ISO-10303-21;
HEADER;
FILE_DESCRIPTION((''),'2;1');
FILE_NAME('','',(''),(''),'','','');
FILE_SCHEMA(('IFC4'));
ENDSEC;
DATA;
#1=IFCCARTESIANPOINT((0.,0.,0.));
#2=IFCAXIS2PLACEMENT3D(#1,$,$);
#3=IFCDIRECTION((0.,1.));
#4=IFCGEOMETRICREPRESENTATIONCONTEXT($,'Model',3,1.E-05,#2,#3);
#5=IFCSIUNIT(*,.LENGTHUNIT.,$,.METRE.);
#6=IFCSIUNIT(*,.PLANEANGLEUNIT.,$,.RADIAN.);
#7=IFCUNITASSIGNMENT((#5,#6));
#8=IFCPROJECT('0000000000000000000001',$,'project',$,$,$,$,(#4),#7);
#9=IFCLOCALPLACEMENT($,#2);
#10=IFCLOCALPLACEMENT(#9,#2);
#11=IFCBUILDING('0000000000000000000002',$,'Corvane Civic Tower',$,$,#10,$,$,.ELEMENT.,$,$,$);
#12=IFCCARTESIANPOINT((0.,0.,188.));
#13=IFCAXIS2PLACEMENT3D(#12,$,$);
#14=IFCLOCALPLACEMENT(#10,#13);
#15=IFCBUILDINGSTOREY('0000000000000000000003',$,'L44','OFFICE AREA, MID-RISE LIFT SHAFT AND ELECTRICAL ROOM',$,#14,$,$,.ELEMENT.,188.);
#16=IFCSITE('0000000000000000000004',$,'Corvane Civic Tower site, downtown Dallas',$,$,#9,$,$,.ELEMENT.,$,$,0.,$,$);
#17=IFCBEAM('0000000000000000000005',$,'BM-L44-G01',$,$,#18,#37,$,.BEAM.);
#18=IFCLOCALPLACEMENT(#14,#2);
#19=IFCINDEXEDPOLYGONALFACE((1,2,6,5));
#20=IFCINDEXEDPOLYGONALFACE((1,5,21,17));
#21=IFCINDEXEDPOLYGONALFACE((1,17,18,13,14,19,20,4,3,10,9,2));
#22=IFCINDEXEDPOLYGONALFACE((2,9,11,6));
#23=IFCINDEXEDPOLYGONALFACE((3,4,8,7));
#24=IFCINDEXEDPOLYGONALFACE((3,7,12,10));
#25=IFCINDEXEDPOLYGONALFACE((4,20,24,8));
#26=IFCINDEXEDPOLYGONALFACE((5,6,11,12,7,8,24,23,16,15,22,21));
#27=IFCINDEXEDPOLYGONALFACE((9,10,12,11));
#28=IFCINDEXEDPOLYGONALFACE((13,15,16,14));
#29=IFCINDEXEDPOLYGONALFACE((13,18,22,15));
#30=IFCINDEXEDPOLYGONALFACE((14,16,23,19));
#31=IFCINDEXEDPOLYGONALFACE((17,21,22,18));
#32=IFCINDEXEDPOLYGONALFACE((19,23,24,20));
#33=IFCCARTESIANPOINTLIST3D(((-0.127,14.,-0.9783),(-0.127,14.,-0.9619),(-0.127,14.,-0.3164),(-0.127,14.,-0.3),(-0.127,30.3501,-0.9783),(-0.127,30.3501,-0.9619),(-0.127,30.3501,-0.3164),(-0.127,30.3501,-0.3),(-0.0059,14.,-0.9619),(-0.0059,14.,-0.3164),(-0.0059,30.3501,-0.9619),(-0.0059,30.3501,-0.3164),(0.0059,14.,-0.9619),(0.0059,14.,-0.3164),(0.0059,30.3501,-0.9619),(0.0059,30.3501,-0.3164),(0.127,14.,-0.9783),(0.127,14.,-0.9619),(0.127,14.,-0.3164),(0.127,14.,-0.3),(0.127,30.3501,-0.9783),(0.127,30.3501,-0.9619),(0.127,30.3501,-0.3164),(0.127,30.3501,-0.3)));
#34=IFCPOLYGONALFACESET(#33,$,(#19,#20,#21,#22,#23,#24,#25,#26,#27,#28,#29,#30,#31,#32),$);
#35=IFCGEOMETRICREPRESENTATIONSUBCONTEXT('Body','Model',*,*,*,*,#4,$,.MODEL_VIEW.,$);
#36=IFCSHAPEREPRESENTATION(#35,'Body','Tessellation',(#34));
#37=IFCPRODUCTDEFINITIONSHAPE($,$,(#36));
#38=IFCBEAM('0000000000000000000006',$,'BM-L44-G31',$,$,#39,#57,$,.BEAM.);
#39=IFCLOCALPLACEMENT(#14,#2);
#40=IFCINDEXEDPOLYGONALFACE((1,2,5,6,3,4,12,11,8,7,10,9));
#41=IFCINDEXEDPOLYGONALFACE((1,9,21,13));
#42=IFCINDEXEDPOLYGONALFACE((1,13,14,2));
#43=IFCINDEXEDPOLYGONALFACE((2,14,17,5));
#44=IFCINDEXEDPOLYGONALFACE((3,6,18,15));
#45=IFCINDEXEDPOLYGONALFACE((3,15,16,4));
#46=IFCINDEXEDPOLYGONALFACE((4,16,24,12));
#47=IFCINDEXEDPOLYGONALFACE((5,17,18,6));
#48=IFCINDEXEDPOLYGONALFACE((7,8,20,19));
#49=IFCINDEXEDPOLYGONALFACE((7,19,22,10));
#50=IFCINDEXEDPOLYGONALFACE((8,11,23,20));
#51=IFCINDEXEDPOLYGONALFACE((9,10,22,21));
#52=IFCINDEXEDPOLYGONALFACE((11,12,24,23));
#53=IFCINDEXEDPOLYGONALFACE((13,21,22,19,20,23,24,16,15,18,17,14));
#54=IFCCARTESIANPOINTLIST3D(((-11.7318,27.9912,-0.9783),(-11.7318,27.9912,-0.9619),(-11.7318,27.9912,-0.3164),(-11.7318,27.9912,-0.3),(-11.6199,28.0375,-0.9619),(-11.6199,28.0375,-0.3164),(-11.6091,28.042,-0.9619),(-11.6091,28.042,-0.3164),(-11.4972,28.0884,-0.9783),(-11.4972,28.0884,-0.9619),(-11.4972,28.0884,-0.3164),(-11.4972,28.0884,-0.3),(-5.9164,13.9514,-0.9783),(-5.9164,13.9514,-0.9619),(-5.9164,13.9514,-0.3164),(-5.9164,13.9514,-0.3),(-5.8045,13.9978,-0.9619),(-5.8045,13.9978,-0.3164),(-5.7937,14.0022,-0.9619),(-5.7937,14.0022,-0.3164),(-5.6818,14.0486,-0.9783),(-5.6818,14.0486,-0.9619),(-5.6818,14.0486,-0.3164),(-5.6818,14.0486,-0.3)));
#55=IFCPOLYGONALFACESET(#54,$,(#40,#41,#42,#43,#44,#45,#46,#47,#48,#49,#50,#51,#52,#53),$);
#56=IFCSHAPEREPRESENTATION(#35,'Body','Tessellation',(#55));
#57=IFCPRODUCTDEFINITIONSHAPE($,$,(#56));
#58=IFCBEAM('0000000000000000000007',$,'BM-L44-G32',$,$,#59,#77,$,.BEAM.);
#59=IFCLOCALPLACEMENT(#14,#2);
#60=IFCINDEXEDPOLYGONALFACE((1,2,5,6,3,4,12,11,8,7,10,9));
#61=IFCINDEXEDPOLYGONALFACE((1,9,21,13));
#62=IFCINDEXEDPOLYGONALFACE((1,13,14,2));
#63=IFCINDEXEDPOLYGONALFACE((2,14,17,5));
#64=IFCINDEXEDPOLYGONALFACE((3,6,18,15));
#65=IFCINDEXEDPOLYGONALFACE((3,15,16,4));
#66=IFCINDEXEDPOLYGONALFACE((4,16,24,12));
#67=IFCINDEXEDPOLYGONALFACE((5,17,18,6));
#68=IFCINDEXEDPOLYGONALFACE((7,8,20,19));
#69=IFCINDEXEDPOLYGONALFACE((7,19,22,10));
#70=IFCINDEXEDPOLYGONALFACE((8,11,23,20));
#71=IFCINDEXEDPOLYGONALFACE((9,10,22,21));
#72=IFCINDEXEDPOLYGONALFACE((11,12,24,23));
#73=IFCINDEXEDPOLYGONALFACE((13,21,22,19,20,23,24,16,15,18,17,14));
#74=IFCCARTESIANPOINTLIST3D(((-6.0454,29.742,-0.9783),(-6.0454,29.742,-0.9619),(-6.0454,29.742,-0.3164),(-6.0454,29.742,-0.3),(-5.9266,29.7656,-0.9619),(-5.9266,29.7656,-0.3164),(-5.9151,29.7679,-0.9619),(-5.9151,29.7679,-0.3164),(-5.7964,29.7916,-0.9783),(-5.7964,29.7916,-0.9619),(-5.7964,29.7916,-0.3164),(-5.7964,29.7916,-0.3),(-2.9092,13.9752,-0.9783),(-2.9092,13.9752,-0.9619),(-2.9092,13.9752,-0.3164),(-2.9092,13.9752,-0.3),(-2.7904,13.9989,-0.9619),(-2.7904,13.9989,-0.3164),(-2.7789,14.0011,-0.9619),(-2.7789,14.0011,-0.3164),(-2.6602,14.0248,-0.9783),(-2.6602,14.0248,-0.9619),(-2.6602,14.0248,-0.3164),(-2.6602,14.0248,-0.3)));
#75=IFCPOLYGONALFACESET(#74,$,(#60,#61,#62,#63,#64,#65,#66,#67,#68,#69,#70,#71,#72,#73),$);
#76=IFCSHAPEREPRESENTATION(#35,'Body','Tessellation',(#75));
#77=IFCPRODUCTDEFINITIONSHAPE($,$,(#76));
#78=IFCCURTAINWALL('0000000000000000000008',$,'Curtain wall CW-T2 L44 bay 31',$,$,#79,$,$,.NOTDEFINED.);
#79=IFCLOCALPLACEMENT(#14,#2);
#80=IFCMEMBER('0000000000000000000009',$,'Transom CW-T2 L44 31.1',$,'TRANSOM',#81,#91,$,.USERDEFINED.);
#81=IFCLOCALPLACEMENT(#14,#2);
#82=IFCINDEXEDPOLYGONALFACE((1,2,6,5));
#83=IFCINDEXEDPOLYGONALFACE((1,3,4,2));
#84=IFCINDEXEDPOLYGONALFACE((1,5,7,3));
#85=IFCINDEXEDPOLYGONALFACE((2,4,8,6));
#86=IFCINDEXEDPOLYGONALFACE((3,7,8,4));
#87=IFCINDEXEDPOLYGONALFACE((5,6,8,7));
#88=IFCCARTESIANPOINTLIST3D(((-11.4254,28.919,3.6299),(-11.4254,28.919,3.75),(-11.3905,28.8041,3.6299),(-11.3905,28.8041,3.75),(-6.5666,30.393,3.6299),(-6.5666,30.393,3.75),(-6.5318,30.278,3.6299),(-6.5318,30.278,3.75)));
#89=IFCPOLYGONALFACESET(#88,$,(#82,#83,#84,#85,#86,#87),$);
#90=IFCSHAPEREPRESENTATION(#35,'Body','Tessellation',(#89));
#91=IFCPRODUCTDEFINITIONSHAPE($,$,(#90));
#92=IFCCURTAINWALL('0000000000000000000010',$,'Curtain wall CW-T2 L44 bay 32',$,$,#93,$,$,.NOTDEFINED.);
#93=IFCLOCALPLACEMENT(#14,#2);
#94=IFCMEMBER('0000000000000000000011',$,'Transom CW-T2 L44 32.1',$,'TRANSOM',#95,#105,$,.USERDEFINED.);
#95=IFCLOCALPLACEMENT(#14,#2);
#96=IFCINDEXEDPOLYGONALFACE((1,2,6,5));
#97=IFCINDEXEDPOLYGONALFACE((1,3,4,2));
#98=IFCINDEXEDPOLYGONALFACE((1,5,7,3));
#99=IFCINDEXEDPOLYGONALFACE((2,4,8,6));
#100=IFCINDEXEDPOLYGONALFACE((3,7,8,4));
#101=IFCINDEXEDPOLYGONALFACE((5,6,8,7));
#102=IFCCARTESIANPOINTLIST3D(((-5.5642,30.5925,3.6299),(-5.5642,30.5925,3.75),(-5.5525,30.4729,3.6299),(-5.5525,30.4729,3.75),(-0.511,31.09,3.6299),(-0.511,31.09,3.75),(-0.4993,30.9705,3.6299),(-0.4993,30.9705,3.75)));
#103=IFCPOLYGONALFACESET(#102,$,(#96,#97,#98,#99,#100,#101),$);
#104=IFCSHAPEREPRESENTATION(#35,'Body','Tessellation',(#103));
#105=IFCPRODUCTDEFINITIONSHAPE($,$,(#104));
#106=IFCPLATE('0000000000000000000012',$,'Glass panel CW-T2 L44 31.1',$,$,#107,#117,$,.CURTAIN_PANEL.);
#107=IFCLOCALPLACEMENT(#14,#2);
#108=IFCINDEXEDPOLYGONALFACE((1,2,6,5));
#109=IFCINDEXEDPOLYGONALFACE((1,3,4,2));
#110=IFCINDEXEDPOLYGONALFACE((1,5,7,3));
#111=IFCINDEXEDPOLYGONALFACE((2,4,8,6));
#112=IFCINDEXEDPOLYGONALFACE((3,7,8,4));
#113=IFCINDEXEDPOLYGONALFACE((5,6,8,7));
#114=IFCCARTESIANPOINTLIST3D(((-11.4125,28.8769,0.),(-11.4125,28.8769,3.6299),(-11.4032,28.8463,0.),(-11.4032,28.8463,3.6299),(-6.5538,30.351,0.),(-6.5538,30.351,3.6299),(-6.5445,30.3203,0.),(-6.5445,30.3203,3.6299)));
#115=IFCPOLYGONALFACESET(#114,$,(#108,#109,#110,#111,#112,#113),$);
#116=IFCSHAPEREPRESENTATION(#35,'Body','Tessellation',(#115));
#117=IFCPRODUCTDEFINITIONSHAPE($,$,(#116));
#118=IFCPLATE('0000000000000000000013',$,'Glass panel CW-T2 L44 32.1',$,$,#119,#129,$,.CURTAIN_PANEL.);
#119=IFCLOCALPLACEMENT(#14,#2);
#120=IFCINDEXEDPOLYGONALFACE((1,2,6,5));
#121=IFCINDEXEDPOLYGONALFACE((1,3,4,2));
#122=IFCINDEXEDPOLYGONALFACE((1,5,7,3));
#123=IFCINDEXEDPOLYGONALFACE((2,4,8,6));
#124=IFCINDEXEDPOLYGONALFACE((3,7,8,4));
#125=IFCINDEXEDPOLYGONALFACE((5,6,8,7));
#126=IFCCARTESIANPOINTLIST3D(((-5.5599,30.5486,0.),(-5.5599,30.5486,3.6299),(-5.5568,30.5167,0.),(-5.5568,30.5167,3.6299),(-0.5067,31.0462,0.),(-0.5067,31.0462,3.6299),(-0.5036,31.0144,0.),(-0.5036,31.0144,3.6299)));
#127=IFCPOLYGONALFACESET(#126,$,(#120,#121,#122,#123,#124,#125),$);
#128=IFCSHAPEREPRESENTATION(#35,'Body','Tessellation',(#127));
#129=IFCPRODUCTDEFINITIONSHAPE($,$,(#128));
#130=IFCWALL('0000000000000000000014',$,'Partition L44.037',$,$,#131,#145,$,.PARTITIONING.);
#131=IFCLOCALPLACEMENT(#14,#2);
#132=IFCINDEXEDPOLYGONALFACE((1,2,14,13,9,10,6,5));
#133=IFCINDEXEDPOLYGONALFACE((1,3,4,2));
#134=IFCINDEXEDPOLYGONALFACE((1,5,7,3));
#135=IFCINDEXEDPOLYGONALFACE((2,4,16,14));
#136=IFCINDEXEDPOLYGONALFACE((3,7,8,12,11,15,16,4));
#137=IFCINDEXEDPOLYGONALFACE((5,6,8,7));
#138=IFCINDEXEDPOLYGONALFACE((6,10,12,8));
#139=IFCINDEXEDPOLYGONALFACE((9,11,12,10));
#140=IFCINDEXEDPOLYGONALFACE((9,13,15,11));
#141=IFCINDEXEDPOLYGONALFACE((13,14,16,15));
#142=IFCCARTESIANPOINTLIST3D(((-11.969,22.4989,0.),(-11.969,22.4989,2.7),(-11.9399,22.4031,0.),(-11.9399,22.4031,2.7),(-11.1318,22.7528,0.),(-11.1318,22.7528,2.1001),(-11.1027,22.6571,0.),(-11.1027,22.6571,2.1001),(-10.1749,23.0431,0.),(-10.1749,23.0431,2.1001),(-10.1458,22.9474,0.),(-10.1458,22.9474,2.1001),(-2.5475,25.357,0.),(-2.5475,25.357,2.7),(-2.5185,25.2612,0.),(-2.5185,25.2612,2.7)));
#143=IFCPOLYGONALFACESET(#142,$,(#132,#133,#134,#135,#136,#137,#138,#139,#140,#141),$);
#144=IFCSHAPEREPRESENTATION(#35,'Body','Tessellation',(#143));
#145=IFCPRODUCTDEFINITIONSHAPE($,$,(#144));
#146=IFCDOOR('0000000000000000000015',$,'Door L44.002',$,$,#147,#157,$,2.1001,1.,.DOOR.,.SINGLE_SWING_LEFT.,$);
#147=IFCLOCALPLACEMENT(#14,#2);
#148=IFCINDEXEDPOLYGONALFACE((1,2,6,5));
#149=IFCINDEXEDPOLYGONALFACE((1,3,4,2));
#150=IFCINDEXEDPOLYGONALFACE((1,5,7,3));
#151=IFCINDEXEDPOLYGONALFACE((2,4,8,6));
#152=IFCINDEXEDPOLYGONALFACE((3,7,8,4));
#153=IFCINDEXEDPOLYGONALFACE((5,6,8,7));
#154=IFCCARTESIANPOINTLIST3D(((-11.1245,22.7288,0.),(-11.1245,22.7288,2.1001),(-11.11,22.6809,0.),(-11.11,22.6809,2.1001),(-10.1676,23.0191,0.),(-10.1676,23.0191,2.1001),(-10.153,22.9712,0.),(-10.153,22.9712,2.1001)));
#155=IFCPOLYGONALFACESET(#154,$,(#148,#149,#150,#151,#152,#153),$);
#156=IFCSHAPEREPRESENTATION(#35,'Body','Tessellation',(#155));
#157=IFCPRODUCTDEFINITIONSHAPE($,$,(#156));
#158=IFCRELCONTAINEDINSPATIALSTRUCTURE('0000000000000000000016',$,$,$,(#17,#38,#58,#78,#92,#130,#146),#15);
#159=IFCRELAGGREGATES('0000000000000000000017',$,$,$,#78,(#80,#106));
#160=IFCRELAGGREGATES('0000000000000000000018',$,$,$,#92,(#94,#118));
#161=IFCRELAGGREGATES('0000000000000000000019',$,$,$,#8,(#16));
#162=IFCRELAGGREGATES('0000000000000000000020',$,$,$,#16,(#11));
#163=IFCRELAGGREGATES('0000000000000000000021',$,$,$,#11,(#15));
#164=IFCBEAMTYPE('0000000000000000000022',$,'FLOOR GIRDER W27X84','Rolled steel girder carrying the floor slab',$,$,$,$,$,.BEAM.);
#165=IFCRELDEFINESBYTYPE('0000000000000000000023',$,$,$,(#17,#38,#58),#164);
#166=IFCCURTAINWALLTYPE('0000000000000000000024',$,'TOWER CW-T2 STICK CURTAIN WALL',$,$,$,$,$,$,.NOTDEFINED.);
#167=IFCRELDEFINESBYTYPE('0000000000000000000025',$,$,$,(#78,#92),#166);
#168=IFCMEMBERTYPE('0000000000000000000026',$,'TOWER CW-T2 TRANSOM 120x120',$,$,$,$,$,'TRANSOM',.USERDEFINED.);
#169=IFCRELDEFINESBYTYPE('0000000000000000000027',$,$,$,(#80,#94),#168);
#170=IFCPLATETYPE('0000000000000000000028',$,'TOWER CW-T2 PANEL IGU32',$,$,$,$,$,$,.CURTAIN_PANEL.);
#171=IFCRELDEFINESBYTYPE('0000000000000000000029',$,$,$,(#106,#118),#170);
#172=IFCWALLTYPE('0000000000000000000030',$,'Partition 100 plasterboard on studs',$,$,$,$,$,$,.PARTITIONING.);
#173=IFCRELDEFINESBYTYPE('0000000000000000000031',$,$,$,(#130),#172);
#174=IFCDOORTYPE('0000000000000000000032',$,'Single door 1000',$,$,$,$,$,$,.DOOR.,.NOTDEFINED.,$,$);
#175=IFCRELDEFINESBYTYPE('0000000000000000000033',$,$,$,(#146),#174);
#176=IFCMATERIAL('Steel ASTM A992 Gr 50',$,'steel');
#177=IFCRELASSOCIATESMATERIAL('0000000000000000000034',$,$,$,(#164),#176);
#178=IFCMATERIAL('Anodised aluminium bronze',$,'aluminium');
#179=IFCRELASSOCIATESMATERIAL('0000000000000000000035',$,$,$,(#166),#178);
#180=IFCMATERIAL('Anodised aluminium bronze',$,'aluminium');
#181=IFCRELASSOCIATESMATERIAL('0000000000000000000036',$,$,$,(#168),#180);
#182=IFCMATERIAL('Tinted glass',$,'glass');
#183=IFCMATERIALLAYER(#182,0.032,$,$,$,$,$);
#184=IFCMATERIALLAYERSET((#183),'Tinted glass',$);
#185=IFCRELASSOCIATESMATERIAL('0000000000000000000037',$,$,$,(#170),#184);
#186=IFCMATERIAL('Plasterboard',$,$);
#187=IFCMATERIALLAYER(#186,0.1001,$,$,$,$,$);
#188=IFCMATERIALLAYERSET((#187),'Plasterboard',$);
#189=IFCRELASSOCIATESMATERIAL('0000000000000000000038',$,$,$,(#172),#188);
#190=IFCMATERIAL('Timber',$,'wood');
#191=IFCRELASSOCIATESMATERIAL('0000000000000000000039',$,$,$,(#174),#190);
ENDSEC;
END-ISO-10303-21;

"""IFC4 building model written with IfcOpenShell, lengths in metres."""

from ifc_helpers import new_model, si_unit, direction, frame, frame_2d, origin, origin_2d, place, context, subcontext, project, spatial, rectangle, i_section, extrude, material, layer, layer_set, material_profile, profile_set, type_object, element, fill, aggregate, save


model = new_model("IFC4")

# Units and contexts
model_context = context("Model", 3, precision=1e-05, world=origin(), true_north=direction((0.0, 1.0)))
body_context = subcontext(model_context, "Body", "Model", "MODEL_VIEW")
ifc_project = project(units=[si_unit("LENGTHUNIT", "METRE"), si_unit("PLANEANGLEUNIT", "RADIAN")], contexts=[model_context])

# Site, building, storey
site_placement = place(None, origin())
site = spatial("IfcSite", under=ifc_project, at=site_placement, Name="Corvane Civic Tower site, downtown Dallas", CompositionType="ELEMENT", RefElevation=0.0)
building_placement = place(site_placement, origin())
building = spatial("IfcBuilding", under=site, at=building_placement, Name="Corvane Civic Tower", CompositionType="ELEMENT")
storey_placement = place(building_placement, frame((0.0, 0.0, 188.0)))
storey = spatial("IfcBuildingStorey", under=building, at=storey_placement, Name="L44", Description="OFFICE AREA, MID-RISE LIFT SHAFT AND ELECTRICAL ROOM", CompositionType="ELEMENT", Elevation=188.0)

# Beams
ifc_material_1 = material(Name="Steel ASTM A992 Gr 50", Category="steel")
ifc_material_profile_1 = material_profile(ifc_material_1, i_section(OverallWidth=0.2539, OverallDepth=0.6782, WebThickness=0.0117, FlangeThickness=0.0164, at=origin_2d()), Name="W27X84")
ifc_profile_set_1 = profile_set([ifc_material_profile_1], Name="Steel ASTM A992 Gr 50")
beam_type_1 = type_object("IfcBeamType", Name="FLOOR GIRDER W27X84", Description="Rolled steel girder carrying the floor slab", PredefinedType="BEAM", material=ifc_profile_set_1)
beam_1_placement = place(storey_placement, frame((0.0, 14.0, -0.6392), z_axis=(0.0, 1.0, 0.0), x_axis=(-1.0, 0.0, 0.0)))
element("IfcBeam", 1, at=beam_1_placement, inside=storey, type_object=beam_type_1, Name="BM-L44-G01", PredefinedType="BEAM", context=body_context, shape_type="SweptSolid", body=[
    extrude(i_section(OverallWidth=0.2539, OverallDepth=0.6782, WebThickness=0.0117, FlangeThickness=0.0164, at=origin_2d()), origin(), (0.0, 0.0, 1.0), 16.3501),
])
beam_2_placement = place(storey_placement, frame((-5.7991, 14.0, -0.6392), z_axis=(-0.382681, 0.923881, 0.0), x_axis=(-0.923881, -0.382681, 0.0)))
element("IfcBeam", 2, at=beam_2_placement, inside=storey, type_object=beam_type_1, Name="BM-L44-G31", PredefinedType="BEAM", context=body_context, shape_type="SweptSolid", body=[
    extrude(i_section(OverallWidth=0.2539, OverallDepth=0.6782, WebThickness=0.0117, FlangeThickness=0.0164, at=origin_2d()), origin(), (0.0, 0.0, 1.0), 15.1965),
])
beam_3_placement = place(storey_placement, frame((-2.7847, 14.0, -0.6392), z_axis=(-0.195091, 0.980785, 0.0), x_axis=(-0.980785, -0.195091, 0.0)))
element("IfcBeam", 3, at=beam_3_placement, inside=storey, type_object=beam_type_1, Name="BM-L44-G32", PredefinedType="BEAM", context=body_context, shape_type="SweptSolid", body=[
    extrude(i_section(OverallWidth=0.2539, OverallDepth=0.6782, WebThickness=0.0117, FlangeThickness=0.0164, at=origin_2d()), origin(), (0.0, 0.0, 1.0), 16.0757),
])

# Curtain walls, members
ifc_material_2 = material(Name="Anodised aluminium bronze", Category="aluminium")
curtain_wall_type = type_object("IfcCurtainWallType", Name="TOWER CW-T2 STICK CURTAIN WALL", PredefinedType="NOTDEFINED", material=ifc_material_2)
curtain_wall_1_placement = place(storey_placement, origin())
curtain_wall_1 = element("IfcCurtainWall", 4, at=curtain_wall_1_placement, inside=storey, type_object=curtain_wall_type, Name="Curtain wall CW-T2 L44 bay 31", PredefinedType="NOTDEFINED")
ifc_material_3 = material(Name="Anodised aluminium bronze", Category="aluminium")
ifc_material_profile_2 = material_profile(ifc_material_3, rectangle(XDim=0.1201, YDim=0.1201, at=origin_2d()), Name="TOWER CW-T2 TRANSOM 120x120")
ifc_profile_set_2 = profile_set([ifc_material_profile_2], Name="Anodised aluminium bronze")
member_type = type_object("IfcMemberType", Name="TOWER CW-T2 TRANSOM 120x120", ElementType="TRANSOM", PredefinedType="USERDEFINED", material=ifc_profile_set_2)
member_1_placement = place(storey_placement, frame((-11.408, 28.8616, 3.6899), z_axis=(0.956939, 0.290289, 0.0), x_axis=(-0.290289, 0.956939, 0.0)))
member_1 = element("IfcMember", 5, at=member_1_placement, type_object=member_type, Name="Transom CW-T2 L44 31.1", ObjectType="TRANSOM", PredefinedType="USERDEFINED", context=body_context, shape_type="SweptSolid", body=[
    extrude(rectangle(XDim=0.1201, YDim=0.1201, at=origin_2d()), origin(), (0.0, 0.0, 1.0), 5.0774),
])
curtain_wall_2_placement = place(storey_placement, origin())
curtain_wall_2 = element("IfcCurtainWall", 6, at=curtain_wall_2_placement, inside=storey, type_object=curtain_wall_type, Name="Curtain wall CW-T2 L44 bay 32", PredefinedType="NOTDEFINED")
member_2_placement = place(storey_placement, frame((-5.5583, 30.5327, 3.6899), z_axis=(0.995187, 0.09799, 0.0), x_axis=(-0.09799, 0.995187, 0.0)))
member_2 = element("IfcMember", 7, at=member_2_placement, type_object=member_type, Name="Transom CW-T2 L44 32.1", ObjectType="TRANSOM", PredefinedType="USERDEFINED", context=body_context, shape_type="SweptSolid", body=[
    extrude(rectangle(XDim=0.1201, YDim=0.1201, at=origin_2d()), origin(), (0.0, 0.0, 1.0), 5.0776),
])

# Plates
ifc_material_4 = material(Name="Tinted glass", Category="glass")
ifc_layer_1 = layer(ifc_material_4, 0.032)
ifc_layer_set_1 = layer_set([ifc_layer_1], Name="Tinted glass")
plate_type = type_object("IfcPlateType", Name="TOWER CW-T2 PANEL IGU32", PredefinedType="CURTAIN_PANEL", material=ifc_layer_set_1)
plate_1_placement = place(storey_placement, frame((-8.9785, 29.5986, 0.0), z_axis=(0.0, 0.0, 1.0), x_axis=(0.956932, 0.290313, 0.0)))
plate_1 = element("IfcPlate", 8, at=plate_1_placement, type_object=plate_type, Name="Glass panel CW-T2 L44 31.1", PredefinedType="CURTAIN_PANEL", context=body_context, shape_type="SweptSolid", body=[
    extrude(rectangle(XDim=5.0774, YDim=0.032, at=origin_2d()), origin(), (0.0, 0.0, 1.0), 3.6299),
])
aggregate(curtain_wall_1, [member_1, plate_1])
plate_2_placement = place(storey_placement, frame((-3.0317, 30.7815, 0.0), z_axis=(0.0, 0.0, 1.0), x_axis=(0.995185, 0.098012, 0.0)))
plate_2 = element("IfcPlate", 9, at=plate_2_placement, type_object=plate_type, Name="Glass panel CW-T2 L44 32.1", PredefinedType="CURTAIN_PANEL", context=body_context, shape_type="SweptSolid", body=[
    extrude(rectangle(XDim=5.0776, YDim=0.032, at=origin_2d()), origin(), (0.0, 0.0, 1.0), 3.6299),
])
aggregate(curtain_wall_2, [member_2, plate_2])

# Wall, opening, door
ifc_material_5 = material(Name="Plasterboard")
ifc_layer_2 = layer(ifc_material_5, 0.1001)
ifc_layer_set_2 = layer_set([ifc_layer_2], Name="Plasterboard")
wall_type = type_object("IfcWallType", Name="Partition 100 plasterboard on studs", PredefinedType="PARTITIONING", material=ifc_layer_set_2)
wall_1_placement = place(storey_placement, frame((-11.9546, 22.4509, 0.0), z_axis=(0.0, 0.0, 1.0), x_axis=(0.956934, 0.290304, 0.0)))
wall_1 = element("IfcWall", 10, at=wall_1_placement, inside=storey, type_object=wall_type, Name="Partition L44.037", PredefinedType="PARTITIONING", context=body_context, shape_type="SweptSolid", body=[
    extrude(rectangle(XDim=9.8455, YDim=0.1001, at=frame_2d((4.9229, 0.0))), origin(), (0.0, 0.0, 1.0), 2.7),
])
opening_1_placement = place(wall_1_placement, frame((0.875, 0.0, 0.0)))
opening_1 = element("IfcOpeningElement", 11, at=opening_1_placement, cuts=wall_1, PredefinedType="OPENING", context=body_context, shape_type="SweptSolid", body=[
    extrude(rectangle(XDim=1.0, YDim=2.1001, at=frame_2d((0.5, 1.05))), frame((0.0, 0.0601, 0.0), z_axis=(0.0, -1.0, 0.0), x_axis=(1.0, 0.0, 0.0)), (0.0, 0.0, 1.0), 0.1201),
])
ifc_material_6 = material(Name="Timber", Category="wood")
door_type = type_object("IfcDoorType", Name="Single door 1000", OperationType="NOTDEFINED", PredefinedType="DOOR", material=ifc_material_6)
door_1_placement = place(opening_1_placement, origin())
door_1 = element("IfcDoor", 12, at=door_1_placement, inside=storey, type_object=door_type, Name="Door L44.002", OperationType="SINGLE_SWING_LEFT", OverallHeight=2.1001, OverallWidth=1.0, PredefinedType="DOOR", context=body_context, shape_type="SweptSolid", body=[
    extrude(rectangle(XDim=1.0, YDim=2.1001, at=frame_2d((0.5, 1.05))), frame((0.0, 0.0249, 0.0), z_axis=(0.0, -1.0, 0.0), x_axis=(1.0, 0.0, 0.0)), (0.0, 0.0, 1.0), 0.05),
])
fill(opening_1, door_1)

save(model, "model.ifc")
